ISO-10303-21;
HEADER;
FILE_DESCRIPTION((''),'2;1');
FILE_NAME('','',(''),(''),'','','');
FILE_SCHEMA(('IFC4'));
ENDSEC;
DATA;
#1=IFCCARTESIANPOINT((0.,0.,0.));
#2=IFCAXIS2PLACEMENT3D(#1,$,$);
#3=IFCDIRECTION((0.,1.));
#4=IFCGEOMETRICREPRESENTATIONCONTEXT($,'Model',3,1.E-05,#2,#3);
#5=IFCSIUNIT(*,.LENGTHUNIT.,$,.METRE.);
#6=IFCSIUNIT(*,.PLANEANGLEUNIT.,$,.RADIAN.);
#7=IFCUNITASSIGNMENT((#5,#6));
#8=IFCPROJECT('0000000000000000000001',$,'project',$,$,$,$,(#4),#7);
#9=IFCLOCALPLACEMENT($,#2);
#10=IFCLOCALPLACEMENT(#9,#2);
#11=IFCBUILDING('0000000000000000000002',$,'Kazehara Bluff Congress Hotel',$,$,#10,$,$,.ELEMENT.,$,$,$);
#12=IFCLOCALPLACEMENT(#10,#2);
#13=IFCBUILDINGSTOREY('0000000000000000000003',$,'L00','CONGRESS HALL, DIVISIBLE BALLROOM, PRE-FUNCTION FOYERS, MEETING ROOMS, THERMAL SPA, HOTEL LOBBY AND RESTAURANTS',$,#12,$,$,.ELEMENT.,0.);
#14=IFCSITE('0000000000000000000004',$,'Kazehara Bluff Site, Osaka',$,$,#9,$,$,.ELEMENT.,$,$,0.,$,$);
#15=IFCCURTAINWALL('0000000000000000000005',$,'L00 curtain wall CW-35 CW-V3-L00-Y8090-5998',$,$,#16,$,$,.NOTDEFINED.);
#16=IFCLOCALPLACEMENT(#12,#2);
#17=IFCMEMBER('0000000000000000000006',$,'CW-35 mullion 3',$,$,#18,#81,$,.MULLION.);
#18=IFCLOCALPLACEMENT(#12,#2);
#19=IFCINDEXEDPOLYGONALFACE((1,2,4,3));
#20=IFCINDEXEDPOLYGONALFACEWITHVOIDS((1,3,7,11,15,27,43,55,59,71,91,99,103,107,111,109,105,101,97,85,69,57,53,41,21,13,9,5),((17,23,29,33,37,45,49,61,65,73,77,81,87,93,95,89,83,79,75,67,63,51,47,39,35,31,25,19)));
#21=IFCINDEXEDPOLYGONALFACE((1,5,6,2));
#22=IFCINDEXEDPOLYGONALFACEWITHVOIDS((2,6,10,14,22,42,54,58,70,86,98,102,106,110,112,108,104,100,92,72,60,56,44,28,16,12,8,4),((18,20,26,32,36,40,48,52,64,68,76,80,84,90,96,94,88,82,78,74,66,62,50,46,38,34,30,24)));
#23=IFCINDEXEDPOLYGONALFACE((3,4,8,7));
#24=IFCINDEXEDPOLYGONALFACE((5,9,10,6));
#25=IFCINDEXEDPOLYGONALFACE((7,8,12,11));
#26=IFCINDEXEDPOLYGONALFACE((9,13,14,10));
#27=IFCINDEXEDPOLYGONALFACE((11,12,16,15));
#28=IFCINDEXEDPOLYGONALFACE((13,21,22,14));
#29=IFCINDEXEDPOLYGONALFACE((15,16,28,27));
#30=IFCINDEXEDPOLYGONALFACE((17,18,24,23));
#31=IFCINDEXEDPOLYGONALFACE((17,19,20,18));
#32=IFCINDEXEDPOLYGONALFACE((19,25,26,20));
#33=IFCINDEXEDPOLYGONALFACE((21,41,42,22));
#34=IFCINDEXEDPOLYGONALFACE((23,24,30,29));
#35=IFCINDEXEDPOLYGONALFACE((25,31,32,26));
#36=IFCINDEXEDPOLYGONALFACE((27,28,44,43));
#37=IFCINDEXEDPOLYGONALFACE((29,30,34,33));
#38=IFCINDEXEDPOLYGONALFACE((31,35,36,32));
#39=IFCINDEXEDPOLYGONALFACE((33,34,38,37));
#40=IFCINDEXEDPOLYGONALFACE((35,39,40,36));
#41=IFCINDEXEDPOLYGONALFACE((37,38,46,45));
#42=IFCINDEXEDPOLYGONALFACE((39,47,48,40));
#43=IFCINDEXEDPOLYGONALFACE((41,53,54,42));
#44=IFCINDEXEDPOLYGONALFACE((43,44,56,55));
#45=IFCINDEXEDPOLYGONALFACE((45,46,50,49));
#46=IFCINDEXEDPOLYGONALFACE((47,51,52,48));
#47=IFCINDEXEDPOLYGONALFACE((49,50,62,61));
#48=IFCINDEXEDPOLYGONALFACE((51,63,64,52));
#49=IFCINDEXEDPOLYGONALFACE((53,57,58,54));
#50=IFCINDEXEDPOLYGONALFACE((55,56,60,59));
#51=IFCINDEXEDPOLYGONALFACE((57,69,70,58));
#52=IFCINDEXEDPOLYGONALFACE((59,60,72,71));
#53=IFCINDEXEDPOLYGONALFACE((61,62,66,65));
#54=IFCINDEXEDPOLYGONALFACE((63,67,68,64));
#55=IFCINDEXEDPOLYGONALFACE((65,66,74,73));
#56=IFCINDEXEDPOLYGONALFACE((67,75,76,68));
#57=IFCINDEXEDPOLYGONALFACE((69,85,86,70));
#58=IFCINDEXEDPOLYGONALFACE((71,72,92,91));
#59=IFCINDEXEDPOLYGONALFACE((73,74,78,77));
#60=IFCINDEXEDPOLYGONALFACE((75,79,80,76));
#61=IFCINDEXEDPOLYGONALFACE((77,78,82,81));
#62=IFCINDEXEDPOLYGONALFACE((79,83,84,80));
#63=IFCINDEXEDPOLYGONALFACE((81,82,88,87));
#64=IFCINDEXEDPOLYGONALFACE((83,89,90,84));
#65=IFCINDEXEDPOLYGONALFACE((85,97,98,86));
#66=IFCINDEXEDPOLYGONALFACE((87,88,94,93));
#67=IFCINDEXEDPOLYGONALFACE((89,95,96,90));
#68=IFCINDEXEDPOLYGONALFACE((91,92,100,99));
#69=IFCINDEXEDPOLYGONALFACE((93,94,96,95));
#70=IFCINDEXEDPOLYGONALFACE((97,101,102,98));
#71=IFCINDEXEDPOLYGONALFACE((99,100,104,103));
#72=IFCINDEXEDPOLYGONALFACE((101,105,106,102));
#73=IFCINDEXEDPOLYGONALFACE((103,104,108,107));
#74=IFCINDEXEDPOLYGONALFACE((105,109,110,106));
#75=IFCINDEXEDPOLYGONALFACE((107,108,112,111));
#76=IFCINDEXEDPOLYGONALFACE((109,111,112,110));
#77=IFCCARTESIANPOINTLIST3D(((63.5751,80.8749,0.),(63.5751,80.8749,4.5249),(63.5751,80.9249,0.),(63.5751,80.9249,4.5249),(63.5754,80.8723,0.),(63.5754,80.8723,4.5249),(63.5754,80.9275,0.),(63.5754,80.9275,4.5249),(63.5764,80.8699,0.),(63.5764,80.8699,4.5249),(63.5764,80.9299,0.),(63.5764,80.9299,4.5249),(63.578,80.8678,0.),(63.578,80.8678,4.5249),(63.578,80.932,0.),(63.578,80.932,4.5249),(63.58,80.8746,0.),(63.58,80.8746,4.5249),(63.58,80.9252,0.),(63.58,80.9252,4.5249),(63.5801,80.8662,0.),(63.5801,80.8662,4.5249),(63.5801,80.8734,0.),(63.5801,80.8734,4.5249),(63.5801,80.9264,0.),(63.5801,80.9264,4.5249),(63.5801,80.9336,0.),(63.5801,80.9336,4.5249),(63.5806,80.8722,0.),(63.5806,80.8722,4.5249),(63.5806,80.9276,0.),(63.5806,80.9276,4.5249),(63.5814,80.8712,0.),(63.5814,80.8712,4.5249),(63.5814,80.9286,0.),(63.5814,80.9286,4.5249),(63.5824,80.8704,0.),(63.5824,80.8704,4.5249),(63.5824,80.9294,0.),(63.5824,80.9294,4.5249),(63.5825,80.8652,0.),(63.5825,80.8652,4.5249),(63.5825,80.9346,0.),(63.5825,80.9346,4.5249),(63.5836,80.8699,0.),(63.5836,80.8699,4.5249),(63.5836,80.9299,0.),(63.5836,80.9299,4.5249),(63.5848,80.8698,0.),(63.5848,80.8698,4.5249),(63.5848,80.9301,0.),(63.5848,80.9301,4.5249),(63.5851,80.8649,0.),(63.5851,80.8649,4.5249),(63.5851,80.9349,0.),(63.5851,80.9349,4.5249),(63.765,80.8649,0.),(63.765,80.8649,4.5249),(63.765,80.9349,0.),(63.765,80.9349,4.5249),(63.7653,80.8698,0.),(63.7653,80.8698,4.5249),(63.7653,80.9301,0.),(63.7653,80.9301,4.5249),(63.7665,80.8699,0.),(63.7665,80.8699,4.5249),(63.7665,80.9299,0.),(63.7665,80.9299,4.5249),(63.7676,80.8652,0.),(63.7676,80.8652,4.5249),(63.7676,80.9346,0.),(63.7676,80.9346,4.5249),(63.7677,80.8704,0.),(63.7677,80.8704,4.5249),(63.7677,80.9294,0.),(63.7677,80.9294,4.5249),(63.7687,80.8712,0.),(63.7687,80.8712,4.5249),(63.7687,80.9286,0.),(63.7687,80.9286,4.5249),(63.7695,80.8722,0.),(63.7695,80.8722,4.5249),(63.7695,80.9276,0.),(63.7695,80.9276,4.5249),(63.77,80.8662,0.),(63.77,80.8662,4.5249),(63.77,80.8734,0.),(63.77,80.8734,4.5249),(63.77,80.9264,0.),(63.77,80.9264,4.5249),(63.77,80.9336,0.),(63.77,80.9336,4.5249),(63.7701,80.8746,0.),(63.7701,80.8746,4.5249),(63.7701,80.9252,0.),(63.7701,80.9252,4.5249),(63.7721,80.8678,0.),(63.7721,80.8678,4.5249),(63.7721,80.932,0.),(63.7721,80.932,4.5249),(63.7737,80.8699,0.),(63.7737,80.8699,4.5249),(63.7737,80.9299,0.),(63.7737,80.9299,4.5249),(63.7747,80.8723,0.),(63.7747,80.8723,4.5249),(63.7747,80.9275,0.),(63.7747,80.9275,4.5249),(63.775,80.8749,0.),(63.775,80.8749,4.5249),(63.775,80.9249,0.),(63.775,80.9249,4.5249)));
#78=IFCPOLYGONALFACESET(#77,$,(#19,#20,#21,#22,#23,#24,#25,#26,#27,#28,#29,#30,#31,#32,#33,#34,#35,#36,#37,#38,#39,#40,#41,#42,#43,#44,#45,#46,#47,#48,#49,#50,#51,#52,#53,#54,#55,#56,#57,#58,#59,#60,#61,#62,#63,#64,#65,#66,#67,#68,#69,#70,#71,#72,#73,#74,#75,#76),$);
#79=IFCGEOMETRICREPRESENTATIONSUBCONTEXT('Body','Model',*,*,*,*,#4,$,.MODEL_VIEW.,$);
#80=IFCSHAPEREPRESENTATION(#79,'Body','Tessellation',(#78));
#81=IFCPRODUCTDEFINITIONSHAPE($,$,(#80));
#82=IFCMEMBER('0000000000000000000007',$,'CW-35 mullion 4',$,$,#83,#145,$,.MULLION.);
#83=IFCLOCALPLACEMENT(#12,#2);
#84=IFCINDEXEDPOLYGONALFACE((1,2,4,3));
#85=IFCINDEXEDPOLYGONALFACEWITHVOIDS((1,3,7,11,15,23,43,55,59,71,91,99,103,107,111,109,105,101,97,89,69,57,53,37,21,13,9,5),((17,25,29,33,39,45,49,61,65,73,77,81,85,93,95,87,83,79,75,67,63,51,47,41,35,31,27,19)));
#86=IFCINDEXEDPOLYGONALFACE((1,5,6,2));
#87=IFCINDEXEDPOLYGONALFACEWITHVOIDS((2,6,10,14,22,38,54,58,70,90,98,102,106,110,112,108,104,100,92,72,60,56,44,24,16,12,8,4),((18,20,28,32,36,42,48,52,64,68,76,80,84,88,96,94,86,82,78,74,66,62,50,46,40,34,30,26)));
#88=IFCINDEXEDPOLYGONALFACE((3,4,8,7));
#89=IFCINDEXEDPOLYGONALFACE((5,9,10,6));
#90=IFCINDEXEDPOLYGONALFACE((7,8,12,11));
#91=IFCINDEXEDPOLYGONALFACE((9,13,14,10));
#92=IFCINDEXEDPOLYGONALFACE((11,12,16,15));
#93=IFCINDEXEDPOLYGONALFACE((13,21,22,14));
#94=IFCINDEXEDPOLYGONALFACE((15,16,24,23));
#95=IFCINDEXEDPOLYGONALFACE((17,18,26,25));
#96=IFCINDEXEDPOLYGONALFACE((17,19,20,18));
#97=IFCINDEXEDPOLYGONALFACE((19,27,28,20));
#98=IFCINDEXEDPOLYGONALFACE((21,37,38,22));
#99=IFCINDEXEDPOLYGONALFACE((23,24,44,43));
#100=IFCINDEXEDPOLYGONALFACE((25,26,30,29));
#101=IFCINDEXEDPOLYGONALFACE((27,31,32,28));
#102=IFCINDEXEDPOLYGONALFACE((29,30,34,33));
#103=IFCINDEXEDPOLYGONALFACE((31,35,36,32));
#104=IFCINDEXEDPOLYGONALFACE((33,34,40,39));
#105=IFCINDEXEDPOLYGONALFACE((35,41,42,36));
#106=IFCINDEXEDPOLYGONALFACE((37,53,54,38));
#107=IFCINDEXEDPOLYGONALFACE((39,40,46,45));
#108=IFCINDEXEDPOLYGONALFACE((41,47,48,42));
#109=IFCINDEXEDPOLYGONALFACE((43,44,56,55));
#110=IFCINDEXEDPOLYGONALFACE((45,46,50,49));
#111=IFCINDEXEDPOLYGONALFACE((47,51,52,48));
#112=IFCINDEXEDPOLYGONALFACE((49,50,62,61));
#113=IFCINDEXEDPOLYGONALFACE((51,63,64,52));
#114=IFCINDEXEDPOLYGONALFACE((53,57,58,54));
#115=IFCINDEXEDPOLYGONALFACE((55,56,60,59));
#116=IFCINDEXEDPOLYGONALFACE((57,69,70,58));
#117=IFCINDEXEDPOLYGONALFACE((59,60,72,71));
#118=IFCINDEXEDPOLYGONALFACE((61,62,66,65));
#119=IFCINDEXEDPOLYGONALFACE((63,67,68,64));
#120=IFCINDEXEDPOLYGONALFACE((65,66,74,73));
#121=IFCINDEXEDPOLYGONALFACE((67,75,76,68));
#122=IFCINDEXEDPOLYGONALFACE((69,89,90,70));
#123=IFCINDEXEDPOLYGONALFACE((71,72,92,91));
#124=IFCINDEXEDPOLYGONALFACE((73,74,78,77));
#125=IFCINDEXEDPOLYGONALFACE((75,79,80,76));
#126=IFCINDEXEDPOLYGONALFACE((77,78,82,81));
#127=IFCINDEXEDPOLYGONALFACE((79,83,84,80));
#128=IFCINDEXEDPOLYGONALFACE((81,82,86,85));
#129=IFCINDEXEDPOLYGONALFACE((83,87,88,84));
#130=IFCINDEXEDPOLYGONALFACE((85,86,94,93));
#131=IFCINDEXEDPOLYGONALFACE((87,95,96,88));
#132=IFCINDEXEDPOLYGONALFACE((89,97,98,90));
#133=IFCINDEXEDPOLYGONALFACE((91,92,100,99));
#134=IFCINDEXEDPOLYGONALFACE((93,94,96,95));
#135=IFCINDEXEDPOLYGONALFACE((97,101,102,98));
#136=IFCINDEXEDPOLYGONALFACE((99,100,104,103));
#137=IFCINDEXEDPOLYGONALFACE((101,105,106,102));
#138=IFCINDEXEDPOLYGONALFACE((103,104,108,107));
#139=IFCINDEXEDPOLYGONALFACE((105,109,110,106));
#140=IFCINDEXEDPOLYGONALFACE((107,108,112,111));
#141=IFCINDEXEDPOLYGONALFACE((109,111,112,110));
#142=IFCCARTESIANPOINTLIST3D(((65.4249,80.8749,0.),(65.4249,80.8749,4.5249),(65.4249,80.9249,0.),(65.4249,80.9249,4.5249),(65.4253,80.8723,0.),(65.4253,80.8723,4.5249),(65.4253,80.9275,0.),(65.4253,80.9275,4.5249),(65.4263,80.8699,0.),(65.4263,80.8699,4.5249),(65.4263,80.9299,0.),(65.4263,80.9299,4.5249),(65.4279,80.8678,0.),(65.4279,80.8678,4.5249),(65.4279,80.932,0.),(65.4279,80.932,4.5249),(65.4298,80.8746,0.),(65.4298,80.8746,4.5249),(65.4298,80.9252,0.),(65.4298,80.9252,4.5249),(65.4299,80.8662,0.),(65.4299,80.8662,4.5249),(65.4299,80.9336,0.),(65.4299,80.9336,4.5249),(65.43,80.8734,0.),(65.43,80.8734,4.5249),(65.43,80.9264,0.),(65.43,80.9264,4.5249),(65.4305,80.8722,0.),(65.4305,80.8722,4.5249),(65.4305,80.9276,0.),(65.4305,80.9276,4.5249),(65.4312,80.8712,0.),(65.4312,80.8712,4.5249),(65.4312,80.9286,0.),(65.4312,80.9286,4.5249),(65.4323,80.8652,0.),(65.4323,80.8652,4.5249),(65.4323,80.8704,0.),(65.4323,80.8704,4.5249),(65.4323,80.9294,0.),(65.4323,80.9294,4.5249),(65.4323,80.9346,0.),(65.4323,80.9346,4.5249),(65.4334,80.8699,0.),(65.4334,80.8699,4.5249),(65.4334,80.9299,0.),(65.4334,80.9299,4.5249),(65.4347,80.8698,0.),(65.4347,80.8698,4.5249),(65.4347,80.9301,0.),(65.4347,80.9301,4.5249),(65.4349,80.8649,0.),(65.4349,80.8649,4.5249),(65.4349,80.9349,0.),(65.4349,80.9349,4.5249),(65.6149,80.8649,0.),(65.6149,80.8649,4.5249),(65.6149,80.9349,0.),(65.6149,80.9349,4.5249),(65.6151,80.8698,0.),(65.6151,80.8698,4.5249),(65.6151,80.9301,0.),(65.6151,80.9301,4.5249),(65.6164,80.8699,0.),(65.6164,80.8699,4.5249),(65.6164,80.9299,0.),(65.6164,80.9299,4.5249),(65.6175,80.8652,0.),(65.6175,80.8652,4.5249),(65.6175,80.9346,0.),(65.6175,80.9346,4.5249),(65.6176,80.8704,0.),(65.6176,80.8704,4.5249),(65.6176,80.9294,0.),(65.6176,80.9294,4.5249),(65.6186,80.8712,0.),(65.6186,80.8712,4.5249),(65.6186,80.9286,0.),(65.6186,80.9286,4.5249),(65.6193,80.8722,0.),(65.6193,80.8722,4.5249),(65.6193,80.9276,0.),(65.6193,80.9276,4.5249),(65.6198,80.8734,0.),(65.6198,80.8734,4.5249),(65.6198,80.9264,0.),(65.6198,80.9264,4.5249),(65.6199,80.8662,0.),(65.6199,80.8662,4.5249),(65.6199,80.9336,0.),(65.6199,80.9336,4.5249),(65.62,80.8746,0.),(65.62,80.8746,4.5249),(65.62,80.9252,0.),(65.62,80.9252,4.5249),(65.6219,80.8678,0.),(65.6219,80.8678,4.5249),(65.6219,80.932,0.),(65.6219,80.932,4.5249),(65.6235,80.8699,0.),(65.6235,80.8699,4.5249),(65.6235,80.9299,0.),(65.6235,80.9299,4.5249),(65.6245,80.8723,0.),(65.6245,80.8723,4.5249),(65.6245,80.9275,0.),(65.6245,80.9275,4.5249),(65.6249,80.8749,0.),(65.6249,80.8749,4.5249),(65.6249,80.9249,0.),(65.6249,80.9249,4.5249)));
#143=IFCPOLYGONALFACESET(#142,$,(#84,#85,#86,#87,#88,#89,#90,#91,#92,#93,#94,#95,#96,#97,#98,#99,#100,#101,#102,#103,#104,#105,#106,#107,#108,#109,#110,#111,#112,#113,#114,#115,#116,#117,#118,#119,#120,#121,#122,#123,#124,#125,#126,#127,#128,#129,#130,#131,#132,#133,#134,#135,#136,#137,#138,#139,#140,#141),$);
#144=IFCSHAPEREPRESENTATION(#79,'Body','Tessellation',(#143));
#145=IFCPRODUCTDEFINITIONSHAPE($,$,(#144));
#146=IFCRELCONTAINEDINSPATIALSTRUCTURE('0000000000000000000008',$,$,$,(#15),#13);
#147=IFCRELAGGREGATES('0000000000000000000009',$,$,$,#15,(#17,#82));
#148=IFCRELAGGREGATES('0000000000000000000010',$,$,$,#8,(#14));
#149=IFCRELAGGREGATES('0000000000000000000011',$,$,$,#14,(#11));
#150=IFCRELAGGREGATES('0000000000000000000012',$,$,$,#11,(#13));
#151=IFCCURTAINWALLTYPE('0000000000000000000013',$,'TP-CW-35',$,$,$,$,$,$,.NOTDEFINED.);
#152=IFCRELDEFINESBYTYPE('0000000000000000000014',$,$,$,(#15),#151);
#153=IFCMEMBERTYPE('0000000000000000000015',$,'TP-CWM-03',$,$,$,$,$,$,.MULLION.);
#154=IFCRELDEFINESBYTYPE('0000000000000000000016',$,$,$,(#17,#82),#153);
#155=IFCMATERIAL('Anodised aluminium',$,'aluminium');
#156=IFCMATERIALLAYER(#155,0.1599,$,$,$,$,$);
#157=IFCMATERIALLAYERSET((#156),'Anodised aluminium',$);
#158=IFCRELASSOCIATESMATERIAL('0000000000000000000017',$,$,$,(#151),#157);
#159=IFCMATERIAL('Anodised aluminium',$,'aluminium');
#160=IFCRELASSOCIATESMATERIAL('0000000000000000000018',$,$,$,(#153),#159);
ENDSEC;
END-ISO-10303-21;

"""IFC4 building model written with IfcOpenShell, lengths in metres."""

from ifc_helpers import new_model, si_unit, direction, frame, origin, origin_2d, place, context, subcontext, project, spatial, hollow_rectangle, extrude, material, layer, layer_set, material_profile, profile_set, type_object, element, aggregate, save


model = new_model("IFC4")

# Units and contexts
model_context = context("Model", 3, precision=1e-05, world=origin(), true_north=direction((0.0, 1.0)))
body_context = subcontext(model_context, "Body", "Model", "MODEL_VIEW")
ifc_project = project(units=[si_unit("LENGTHUNIT", "METRE"), si_unit("PLANEANGLEUNIT", "RADIAN")], contexts=[model_context])

# Site, building, storey
site_placement = place(None, origin())
site = spatial("IfcSite", under=ifc_project, at=site_placement, Name="Kazehara Bluff Site, Osaka", CompositionType="ELEMENT", RefElevation=0.0)
building_placement = place(site_placement, origin())
building = spatial("IfcBuilding", under=site, at=building_placement, Name="Kazehara Bluff Congress Hotel", CompositionType="ELEMENT")
storey_placement = place(building_placement, origin())
storey = spatial("IfcBuildingStorey", under=building, at=storey_placement, Name="L00", Description="CONGRESS HALL, DIVISIBLE BALLROOM, PRE-FUNCTION FOYERS, MEETING ROOMS, THERMAL SPA, HOTEL LOBBY AND RESTAURANTS", CompositionType="ELEMENT", Elevation=0.0)

# Curtain wall, members
ifc_material_1 = material(Name="Anodised aluminium", Category="aluminium")
ifc_layer_1 = layer(ifc_material_1, 0.1599)
ifc_layer_set_1 = layer_set([ifc_layer_1], Name="Anodised aluminium")
curtain_wall_type_1 = type_object("IfcCurtainWallType", Name="TP-CW-35", PredefinedType="NOTDEFINED", material=ifc_layer_set_1)
curtain_wall_1_placement = place(storey_placement, origin())
curtain_wall_1 = element("IfcCurtainWall", 1, at=curtain_wall_1_placement, inside=storey, type_object=curtain_wall_type_1, Name="L00 curtain wall CW-35 CW-V3-L00-Y8090-5998", PredefinedType="NOTDEFINED")
ifc_material_2 = material(Name="Anodised aluminium", Category="aluminium")
ifc_material_profile_1 = material_profile(ifc_material_2, hollow_rectangle(XDim=0.0701, YDim=0.2, WallThickness=0.0049, InnerFilletRadius=0.0049, OuterFilletRadius=0.01, at=origin_2d()))
ifc_profile_set_1 = profile_set([ifc_material_profile_1], Name="Anodised aluminium")
member_type_1 = type_object("IfcMemberType", Name="TP-CWM-03", PredefinedType="MULLION", material=ifc_profile_set_1)
member_1_placement = place(storey_placement, frame((63.675, 80.8999, 0.0), z_axis=(0.0, 0.0, 1.0), x_axis=(0.0, 1.0, 0.0)))
member_1 = element("IfcMember", 2, at=member_1_placement, type_object=member_type_1, Name="CW-35 mullion 3", PredefinedType="MULLION", context=body_context, shape_type="SweptSolid", body=[
    extrude(hollow_rectangle(XDim=0.0701, YDim=0.2, WallThickness=0.0049, InnerFilletRadius=0.0049, OuterFilletRadius=0.01, at=origin_2d()), origin(), (0.0, 0.0, 1.0), 4.5249),
])
member_2_placement = place(storey_placement, frame((65.5249, 80.8999, 0.0), z_axis=(0.0, 0.0, 1.0), x_axis=(0.0, 1.0, 0.0)))
member_2 = element("IfcMember", 3, at=member_2_placement, type_object=member_type_1, Name="CW-35 mullion 4", PredefinedType="MULLION", context=body_context, shape_type="SweptSolid", body=[
    extrude(hollow_rectangle(XDim=0.0701, YDim=0.2, WallThickness=0.0049, InnerFilletRadius=0.0049, OuterFilletRadius=0.01, at=origin_2d()), origin(), (0.0, 0.0, 1.0), 4.5249),
])

aggregate(curtain_wall_1, [member_1, member_2])

save(model, "model.ifc")
